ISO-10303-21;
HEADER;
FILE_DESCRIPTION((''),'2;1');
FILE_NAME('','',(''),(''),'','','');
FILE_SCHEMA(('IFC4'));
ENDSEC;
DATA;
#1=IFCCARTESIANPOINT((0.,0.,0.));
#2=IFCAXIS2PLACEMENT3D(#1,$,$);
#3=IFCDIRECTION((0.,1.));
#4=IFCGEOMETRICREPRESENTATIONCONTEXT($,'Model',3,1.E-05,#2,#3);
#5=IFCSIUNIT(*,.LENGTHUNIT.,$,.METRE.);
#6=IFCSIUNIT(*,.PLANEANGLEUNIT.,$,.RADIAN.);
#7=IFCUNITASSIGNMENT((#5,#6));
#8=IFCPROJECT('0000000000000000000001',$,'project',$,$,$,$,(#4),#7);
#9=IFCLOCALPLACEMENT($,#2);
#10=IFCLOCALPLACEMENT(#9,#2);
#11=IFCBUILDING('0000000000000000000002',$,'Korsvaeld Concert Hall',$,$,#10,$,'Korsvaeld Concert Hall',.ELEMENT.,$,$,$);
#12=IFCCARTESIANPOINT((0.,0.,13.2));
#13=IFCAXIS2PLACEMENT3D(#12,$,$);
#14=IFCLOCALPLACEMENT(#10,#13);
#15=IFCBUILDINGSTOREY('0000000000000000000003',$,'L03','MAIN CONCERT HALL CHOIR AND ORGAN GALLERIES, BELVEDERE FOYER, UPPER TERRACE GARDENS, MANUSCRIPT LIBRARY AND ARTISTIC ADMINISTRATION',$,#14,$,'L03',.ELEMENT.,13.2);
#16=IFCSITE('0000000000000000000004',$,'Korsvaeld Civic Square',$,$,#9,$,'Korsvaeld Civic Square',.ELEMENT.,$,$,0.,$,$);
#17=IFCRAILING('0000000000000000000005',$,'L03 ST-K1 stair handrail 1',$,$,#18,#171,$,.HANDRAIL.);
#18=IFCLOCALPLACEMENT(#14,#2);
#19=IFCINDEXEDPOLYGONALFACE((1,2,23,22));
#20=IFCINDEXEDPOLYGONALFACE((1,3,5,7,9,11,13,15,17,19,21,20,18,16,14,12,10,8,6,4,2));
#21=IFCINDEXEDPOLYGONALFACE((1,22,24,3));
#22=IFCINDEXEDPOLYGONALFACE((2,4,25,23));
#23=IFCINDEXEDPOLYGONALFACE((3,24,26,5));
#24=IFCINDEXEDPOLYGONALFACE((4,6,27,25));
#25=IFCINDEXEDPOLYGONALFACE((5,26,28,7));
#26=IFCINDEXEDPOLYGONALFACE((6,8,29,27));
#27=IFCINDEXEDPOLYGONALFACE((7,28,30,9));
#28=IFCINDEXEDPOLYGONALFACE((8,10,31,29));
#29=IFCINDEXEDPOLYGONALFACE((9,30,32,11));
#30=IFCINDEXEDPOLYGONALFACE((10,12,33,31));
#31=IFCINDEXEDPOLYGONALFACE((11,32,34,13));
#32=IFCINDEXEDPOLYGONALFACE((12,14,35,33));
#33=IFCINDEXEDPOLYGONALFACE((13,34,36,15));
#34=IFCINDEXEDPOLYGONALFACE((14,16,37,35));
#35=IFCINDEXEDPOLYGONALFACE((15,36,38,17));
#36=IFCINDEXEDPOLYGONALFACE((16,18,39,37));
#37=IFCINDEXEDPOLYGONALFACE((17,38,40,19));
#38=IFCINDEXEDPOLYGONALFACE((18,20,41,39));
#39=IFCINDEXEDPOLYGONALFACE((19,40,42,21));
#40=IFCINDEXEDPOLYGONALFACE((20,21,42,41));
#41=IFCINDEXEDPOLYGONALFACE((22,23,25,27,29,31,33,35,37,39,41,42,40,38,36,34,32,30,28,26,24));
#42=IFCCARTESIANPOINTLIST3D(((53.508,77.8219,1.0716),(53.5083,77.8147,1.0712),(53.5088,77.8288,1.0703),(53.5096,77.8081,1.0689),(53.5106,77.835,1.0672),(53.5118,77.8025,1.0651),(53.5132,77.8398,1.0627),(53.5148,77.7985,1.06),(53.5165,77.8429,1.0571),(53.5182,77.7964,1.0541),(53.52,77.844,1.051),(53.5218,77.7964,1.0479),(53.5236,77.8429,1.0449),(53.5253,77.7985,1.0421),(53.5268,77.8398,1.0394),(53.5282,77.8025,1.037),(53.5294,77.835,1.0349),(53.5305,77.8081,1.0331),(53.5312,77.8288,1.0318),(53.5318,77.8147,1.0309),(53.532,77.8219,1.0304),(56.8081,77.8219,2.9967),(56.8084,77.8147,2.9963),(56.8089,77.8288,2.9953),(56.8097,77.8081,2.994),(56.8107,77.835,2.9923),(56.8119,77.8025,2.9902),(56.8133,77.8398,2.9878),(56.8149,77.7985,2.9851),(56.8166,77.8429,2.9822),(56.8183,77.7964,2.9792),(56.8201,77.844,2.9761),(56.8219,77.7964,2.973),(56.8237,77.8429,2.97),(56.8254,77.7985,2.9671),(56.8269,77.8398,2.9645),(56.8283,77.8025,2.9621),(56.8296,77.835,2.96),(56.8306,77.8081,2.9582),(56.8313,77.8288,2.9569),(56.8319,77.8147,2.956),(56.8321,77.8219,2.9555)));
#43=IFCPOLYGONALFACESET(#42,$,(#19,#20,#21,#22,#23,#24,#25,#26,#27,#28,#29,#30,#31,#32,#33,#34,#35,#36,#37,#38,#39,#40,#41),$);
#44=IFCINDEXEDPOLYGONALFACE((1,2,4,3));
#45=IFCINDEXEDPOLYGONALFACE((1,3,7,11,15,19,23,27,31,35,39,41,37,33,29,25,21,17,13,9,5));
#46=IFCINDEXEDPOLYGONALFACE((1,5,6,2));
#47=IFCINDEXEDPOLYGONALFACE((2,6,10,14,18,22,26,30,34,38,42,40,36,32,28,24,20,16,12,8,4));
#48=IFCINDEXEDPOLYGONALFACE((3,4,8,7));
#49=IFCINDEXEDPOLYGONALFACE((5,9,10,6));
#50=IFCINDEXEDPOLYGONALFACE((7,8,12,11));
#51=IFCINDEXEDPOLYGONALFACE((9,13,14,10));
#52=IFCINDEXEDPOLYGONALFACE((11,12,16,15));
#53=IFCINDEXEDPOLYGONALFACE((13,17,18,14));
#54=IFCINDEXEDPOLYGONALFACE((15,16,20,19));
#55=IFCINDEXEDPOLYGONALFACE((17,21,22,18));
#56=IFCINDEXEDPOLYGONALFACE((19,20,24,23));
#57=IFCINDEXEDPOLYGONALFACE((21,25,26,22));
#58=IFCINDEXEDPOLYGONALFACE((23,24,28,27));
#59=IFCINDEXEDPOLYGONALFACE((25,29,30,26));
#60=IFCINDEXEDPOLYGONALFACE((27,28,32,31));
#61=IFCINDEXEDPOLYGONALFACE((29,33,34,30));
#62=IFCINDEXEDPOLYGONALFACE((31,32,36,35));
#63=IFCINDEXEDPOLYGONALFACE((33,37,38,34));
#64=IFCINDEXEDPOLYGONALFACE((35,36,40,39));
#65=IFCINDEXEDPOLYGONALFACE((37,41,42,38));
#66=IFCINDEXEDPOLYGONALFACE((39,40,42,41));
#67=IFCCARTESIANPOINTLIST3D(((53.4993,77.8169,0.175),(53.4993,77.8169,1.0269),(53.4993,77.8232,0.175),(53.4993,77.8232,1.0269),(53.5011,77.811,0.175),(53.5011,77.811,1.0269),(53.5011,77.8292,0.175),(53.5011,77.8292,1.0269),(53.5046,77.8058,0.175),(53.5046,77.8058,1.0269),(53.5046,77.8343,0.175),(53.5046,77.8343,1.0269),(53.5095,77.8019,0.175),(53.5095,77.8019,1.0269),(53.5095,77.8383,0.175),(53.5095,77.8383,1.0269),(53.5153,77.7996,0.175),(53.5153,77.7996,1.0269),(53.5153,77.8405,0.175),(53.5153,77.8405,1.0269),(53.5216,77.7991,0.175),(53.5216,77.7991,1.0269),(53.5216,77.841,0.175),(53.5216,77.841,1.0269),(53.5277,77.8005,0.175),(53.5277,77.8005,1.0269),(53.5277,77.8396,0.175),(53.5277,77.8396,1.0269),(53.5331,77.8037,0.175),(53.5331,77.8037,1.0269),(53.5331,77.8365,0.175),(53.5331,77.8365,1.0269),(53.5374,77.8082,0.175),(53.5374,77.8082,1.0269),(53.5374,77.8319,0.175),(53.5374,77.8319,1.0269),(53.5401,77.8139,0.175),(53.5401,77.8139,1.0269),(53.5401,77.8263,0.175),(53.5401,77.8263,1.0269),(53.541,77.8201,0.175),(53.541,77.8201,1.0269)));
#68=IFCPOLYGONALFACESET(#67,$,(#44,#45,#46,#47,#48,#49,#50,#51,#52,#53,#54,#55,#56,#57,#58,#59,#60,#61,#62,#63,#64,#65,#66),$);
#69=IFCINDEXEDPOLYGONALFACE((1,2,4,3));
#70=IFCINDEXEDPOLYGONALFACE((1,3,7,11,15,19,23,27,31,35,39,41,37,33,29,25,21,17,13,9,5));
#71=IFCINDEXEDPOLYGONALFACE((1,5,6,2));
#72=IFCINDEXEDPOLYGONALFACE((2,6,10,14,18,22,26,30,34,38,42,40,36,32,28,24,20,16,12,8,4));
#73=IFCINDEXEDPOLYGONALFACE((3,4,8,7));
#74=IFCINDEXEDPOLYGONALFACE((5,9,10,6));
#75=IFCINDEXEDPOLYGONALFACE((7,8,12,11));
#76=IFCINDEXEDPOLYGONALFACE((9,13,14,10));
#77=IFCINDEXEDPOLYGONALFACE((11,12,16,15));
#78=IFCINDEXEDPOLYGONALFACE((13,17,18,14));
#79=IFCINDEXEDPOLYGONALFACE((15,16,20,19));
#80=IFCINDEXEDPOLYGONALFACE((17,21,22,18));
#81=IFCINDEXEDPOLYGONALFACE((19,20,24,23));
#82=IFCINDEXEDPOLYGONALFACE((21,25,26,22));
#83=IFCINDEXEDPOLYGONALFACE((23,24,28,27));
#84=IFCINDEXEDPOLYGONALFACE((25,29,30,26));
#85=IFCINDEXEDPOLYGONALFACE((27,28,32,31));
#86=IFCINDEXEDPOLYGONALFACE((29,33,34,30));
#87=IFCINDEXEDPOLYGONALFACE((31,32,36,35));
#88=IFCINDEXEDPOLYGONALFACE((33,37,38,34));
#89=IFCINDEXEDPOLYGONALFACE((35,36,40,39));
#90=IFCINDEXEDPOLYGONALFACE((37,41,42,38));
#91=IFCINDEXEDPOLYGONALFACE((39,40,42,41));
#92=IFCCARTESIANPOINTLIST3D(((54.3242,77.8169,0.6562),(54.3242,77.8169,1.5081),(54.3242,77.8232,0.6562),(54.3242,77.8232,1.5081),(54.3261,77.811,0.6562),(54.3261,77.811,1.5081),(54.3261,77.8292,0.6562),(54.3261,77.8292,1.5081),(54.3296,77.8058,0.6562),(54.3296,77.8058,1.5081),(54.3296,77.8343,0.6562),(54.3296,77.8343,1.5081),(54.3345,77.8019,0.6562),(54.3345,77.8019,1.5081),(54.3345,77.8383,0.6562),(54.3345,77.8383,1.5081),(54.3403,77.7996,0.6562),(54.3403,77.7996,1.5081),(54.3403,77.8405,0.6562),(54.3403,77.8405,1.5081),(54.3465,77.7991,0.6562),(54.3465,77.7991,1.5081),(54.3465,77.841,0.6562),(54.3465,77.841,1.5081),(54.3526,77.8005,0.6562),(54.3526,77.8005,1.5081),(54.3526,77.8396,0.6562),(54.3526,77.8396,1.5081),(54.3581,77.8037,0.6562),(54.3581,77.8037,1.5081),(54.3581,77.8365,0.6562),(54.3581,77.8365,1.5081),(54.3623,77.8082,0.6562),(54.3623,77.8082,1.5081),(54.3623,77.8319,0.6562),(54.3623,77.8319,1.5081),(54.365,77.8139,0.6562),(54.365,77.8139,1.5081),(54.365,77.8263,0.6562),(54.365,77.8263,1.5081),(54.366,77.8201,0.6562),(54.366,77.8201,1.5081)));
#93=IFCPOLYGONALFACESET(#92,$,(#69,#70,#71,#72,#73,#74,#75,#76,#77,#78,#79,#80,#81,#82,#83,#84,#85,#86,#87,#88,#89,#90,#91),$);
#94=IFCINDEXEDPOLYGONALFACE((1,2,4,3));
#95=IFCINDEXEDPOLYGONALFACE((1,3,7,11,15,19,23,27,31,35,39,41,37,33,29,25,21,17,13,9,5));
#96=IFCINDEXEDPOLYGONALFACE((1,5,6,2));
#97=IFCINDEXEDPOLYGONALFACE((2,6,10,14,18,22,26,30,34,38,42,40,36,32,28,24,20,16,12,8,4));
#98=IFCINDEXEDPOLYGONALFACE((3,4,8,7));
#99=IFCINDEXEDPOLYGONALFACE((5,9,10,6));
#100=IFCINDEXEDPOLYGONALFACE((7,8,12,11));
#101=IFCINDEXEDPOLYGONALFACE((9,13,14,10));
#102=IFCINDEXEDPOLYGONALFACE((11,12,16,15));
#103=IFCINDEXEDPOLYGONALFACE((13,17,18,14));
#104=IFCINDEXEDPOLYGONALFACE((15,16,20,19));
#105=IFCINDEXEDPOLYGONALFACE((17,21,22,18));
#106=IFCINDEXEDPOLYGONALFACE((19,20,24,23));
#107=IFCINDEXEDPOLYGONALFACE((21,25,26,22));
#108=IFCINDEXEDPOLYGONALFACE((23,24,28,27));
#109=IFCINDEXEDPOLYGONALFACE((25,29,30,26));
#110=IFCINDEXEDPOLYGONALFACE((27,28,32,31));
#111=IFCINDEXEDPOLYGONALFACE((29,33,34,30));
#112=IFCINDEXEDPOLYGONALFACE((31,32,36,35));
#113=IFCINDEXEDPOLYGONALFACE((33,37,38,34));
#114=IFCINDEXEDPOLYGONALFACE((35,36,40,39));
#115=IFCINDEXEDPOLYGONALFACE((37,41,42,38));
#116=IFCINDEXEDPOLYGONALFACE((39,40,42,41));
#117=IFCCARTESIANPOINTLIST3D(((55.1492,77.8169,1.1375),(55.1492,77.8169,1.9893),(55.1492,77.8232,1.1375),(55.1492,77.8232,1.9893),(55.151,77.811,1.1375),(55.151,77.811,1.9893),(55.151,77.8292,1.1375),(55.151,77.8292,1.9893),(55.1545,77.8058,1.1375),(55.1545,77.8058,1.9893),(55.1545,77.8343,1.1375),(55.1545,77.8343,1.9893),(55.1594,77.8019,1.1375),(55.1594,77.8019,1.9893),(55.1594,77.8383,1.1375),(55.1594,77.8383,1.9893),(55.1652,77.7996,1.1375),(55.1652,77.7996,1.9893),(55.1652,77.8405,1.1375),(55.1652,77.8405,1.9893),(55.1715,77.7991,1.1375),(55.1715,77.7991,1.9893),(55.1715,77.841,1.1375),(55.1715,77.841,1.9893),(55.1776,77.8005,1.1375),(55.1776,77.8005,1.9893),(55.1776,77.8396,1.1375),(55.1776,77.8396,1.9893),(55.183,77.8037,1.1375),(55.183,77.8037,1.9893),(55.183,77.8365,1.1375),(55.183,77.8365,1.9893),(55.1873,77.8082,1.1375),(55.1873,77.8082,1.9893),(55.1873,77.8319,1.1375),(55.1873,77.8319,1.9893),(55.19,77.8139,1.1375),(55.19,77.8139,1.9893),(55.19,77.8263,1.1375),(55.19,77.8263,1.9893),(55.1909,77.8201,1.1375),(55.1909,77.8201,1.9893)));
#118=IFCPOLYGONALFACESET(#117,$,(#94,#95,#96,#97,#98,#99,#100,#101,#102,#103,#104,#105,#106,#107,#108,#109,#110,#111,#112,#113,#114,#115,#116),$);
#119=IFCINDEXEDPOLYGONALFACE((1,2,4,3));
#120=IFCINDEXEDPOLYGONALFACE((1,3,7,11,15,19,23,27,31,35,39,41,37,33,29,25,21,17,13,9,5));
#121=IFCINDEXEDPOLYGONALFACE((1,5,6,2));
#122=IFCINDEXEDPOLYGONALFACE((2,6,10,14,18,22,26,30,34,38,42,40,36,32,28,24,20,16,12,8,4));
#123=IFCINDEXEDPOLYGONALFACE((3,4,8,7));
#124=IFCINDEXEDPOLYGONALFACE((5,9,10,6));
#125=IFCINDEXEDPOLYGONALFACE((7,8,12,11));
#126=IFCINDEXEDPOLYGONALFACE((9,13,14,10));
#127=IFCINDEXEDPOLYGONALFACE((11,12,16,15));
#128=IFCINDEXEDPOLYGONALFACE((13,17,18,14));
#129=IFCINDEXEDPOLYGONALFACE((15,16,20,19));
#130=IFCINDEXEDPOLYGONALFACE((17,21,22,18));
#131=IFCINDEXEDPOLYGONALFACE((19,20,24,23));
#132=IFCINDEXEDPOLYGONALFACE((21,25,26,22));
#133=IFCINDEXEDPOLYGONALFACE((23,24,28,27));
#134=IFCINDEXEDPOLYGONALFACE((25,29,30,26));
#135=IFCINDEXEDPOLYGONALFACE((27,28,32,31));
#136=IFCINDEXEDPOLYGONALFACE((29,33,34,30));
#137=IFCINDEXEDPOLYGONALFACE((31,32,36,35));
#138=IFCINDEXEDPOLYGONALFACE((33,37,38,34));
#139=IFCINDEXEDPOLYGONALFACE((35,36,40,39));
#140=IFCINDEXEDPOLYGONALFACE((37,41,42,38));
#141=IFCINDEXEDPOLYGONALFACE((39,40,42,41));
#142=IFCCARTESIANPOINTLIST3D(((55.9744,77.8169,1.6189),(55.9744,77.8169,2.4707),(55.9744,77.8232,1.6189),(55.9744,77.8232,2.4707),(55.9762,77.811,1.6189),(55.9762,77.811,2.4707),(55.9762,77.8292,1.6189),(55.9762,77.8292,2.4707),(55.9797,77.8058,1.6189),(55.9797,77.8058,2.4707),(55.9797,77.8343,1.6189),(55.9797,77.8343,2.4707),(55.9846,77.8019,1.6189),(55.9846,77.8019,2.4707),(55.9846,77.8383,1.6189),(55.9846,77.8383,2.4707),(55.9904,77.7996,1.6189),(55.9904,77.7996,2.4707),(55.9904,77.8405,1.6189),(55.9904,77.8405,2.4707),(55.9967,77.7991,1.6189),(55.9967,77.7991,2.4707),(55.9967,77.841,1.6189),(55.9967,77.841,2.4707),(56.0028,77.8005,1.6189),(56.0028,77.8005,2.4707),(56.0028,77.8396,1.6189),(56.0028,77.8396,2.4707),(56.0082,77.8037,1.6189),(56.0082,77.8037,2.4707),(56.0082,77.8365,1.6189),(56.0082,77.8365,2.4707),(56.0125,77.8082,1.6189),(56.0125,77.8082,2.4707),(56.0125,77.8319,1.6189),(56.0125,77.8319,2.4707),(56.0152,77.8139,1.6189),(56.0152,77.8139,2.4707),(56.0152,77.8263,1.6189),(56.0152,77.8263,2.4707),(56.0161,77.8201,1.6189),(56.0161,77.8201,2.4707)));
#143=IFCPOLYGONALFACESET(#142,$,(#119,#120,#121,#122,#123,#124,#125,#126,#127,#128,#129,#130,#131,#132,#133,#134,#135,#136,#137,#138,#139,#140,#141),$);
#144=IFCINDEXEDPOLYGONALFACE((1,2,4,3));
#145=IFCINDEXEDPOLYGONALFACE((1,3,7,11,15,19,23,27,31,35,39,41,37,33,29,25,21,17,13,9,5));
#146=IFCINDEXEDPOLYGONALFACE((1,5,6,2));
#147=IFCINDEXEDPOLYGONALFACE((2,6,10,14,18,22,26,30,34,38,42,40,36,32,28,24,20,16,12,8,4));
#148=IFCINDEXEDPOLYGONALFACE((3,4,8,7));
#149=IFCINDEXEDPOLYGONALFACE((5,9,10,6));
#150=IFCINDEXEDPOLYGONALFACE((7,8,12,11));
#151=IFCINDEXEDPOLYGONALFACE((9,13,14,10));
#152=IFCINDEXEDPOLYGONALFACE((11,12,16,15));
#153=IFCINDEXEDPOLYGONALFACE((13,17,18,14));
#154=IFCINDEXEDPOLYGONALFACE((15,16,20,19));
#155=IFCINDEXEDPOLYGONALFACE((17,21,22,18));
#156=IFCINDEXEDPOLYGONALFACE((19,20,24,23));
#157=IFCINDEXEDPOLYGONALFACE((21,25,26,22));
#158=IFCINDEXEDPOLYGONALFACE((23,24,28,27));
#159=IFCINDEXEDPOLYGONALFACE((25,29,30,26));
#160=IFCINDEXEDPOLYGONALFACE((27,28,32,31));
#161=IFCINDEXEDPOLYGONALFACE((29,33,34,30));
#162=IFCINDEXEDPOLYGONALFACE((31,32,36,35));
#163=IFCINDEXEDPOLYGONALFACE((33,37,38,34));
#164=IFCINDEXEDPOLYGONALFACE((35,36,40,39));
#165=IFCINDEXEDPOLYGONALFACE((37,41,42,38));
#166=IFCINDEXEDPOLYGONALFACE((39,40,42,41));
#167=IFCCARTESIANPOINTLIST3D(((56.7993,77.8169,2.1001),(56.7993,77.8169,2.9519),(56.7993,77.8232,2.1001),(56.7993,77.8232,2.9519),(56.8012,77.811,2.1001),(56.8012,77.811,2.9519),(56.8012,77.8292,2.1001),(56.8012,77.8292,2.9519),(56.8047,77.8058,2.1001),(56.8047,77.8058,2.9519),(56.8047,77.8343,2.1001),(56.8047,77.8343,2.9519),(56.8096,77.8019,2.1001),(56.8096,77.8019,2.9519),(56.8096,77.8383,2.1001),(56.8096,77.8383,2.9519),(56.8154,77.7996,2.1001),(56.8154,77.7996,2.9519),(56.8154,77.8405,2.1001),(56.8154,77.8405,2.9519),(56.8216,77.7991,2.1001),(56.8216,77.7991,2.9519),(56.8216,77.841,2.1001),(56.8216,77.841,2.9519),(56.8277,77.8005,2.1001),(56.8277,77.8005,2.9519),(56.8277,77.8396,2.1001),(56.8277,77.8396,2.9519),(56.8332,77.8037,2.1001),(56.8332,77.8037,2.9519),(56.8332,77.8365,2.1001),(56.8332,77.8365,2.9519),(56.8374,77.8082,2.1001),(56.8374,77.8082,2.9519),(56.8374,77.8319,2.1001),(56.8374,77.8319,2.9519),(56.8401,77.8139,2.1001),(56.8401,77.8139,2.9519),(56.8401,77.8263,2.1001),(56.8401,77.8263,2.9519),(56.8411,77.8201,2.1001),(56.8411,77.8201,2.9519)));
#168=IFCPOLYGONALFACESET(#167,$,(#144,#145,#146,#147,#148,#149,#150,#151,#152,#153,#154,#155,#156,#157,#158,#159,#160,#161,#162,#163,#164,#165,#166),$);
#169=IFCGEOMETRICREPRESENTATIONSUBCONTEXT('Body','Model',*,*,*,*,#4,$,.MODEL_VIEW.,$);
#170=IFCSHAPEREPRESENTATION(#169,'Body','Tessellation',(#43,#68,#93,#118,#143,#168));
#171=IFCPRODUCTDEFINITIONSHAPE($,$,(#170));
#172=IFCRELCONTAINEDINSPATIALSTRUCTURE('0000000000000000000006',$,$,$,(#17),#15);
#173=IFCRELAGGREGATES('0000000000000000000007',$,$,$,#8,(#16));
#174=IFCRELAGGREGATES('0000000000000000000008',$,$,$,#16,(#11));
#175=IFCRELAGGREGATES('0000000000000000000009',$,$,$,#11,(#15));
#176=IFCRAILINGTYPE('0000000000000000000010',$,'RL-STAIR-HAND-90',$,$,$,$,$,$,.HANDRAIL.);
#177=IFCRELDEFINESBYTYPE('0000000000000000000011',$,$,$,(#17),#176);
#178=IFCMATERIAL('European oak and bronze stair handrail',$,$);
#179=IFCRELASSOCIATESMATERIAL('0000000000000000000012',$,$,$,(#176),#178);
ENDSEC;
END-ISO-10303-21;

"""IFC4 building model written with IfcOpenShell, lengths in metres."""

from ifc_helpers import new_model, si_unit, direction, frame, origin, origin_2d, place, context, subcontext, project, spatial, circle, extrude, material, type_object, element, save


model = new_model("IFC4")

# Units and contexts
model_context = context("Model", 3, precision=1e-05, world=origin(), true_north=direction((0.0, 1.0)))
body_context = subcontext(model_context, "Body", "Model", "MODEL_VIEW")
ifc_project = project(units=[si_unit("LENGTHUNIT", "METRE"), si_unit("PLANEANGLEUNIT", "RADIAN")], contexts=[model_context])

# Site, building, storey
site_placement = place(None, origin())
site = spatial("IfcSite", under=ifc_project, at=site_placement, Name="Korsvaeld Civic Square", LongName="Korsvaeld Civic Square", CompositionType="ELEMENT", RefElevation=0.0)
building_placement = place(site_placement, origin())
building = spatial("IfcBuilding", under=site, at=building_placement, Name="Korsvaeld Concert Hall", LongName="Korsvaeld Concert Hall", CompositionType="ELEMENT")
storey_placement = place(building_placement, frame((0.0, 0.0, 13.2)))
storey = spatial("IfcBuildingStorey", under=building, at=storey_placement, Name="L03", Description="MAIN CONCERT HALL CHOIR AND ORGAN GALLERIES, BELVEDERE FOYER, UPPER TERRACE GARDENS, MANUSCRIPT LIBRARY AND ARTISTIC ADMINISTRATION", LongName="L03", CompositionType="ELEMENT", Elevation=13.2)

# Railing
ifc_material_1 = material(Name="European oak and bronze stair handrail")
railing_type_1 = type_object("IfcRailingType", Name="RL-STAIR-HAND-90", PredefinedType="HANDRAIL", material=ifc_material_1)
railing_1_placement = place(storey_placement, frame((53.52, 77.8201, 0.175)))
element("IfcRailing", 1, at=railing_1_placement, inside=storey, type_object=railing_type_1, Name="L03 ST-K1 stair handrail 1", PredefinedType="HANDRAIL", context=body_context, shape_type="SweptSolid", body=[
    extrude(circle(Radius=0.0239, at=origin_2d()), frame((0.0, 0.0, 0.876), z_axis=(0.863777, 0.0, 0.503875), x_axis=(0.0, 1.0, 0.0)), (0.0, 0.0, 1.0), 3.8206),
    extrude(circle(Radius=0.021, at=origin_2d()), origin(), (0.0, 0.0, 1.0), 0.8518),
    extrude(circle(Radius=0.021, at=origin_2d()), frame((0.825, 0.0, 0.4812)), (0.0, 0.0, 1.0), 0.8518),
    extrude(circle(Radius=0.021, at=origin_2d()), frame((1.6499, 0.0, 0.9624)), (0.0, 0.0, 1.0), 0.8518),
    extrude(circle(Radius=0.021, at=origin_2d()), frame((2.4751, 0.0, 1.4438)), (0.0, 0.0, 1.0), 0.8518),
    extrude(circle(Radius=0.021, at=origin_2d()), frame((3.3, 0.0, 1.925)), (0.0, 0.0, 1.0), 0.8518),
])

save(model, "model.ifc")
